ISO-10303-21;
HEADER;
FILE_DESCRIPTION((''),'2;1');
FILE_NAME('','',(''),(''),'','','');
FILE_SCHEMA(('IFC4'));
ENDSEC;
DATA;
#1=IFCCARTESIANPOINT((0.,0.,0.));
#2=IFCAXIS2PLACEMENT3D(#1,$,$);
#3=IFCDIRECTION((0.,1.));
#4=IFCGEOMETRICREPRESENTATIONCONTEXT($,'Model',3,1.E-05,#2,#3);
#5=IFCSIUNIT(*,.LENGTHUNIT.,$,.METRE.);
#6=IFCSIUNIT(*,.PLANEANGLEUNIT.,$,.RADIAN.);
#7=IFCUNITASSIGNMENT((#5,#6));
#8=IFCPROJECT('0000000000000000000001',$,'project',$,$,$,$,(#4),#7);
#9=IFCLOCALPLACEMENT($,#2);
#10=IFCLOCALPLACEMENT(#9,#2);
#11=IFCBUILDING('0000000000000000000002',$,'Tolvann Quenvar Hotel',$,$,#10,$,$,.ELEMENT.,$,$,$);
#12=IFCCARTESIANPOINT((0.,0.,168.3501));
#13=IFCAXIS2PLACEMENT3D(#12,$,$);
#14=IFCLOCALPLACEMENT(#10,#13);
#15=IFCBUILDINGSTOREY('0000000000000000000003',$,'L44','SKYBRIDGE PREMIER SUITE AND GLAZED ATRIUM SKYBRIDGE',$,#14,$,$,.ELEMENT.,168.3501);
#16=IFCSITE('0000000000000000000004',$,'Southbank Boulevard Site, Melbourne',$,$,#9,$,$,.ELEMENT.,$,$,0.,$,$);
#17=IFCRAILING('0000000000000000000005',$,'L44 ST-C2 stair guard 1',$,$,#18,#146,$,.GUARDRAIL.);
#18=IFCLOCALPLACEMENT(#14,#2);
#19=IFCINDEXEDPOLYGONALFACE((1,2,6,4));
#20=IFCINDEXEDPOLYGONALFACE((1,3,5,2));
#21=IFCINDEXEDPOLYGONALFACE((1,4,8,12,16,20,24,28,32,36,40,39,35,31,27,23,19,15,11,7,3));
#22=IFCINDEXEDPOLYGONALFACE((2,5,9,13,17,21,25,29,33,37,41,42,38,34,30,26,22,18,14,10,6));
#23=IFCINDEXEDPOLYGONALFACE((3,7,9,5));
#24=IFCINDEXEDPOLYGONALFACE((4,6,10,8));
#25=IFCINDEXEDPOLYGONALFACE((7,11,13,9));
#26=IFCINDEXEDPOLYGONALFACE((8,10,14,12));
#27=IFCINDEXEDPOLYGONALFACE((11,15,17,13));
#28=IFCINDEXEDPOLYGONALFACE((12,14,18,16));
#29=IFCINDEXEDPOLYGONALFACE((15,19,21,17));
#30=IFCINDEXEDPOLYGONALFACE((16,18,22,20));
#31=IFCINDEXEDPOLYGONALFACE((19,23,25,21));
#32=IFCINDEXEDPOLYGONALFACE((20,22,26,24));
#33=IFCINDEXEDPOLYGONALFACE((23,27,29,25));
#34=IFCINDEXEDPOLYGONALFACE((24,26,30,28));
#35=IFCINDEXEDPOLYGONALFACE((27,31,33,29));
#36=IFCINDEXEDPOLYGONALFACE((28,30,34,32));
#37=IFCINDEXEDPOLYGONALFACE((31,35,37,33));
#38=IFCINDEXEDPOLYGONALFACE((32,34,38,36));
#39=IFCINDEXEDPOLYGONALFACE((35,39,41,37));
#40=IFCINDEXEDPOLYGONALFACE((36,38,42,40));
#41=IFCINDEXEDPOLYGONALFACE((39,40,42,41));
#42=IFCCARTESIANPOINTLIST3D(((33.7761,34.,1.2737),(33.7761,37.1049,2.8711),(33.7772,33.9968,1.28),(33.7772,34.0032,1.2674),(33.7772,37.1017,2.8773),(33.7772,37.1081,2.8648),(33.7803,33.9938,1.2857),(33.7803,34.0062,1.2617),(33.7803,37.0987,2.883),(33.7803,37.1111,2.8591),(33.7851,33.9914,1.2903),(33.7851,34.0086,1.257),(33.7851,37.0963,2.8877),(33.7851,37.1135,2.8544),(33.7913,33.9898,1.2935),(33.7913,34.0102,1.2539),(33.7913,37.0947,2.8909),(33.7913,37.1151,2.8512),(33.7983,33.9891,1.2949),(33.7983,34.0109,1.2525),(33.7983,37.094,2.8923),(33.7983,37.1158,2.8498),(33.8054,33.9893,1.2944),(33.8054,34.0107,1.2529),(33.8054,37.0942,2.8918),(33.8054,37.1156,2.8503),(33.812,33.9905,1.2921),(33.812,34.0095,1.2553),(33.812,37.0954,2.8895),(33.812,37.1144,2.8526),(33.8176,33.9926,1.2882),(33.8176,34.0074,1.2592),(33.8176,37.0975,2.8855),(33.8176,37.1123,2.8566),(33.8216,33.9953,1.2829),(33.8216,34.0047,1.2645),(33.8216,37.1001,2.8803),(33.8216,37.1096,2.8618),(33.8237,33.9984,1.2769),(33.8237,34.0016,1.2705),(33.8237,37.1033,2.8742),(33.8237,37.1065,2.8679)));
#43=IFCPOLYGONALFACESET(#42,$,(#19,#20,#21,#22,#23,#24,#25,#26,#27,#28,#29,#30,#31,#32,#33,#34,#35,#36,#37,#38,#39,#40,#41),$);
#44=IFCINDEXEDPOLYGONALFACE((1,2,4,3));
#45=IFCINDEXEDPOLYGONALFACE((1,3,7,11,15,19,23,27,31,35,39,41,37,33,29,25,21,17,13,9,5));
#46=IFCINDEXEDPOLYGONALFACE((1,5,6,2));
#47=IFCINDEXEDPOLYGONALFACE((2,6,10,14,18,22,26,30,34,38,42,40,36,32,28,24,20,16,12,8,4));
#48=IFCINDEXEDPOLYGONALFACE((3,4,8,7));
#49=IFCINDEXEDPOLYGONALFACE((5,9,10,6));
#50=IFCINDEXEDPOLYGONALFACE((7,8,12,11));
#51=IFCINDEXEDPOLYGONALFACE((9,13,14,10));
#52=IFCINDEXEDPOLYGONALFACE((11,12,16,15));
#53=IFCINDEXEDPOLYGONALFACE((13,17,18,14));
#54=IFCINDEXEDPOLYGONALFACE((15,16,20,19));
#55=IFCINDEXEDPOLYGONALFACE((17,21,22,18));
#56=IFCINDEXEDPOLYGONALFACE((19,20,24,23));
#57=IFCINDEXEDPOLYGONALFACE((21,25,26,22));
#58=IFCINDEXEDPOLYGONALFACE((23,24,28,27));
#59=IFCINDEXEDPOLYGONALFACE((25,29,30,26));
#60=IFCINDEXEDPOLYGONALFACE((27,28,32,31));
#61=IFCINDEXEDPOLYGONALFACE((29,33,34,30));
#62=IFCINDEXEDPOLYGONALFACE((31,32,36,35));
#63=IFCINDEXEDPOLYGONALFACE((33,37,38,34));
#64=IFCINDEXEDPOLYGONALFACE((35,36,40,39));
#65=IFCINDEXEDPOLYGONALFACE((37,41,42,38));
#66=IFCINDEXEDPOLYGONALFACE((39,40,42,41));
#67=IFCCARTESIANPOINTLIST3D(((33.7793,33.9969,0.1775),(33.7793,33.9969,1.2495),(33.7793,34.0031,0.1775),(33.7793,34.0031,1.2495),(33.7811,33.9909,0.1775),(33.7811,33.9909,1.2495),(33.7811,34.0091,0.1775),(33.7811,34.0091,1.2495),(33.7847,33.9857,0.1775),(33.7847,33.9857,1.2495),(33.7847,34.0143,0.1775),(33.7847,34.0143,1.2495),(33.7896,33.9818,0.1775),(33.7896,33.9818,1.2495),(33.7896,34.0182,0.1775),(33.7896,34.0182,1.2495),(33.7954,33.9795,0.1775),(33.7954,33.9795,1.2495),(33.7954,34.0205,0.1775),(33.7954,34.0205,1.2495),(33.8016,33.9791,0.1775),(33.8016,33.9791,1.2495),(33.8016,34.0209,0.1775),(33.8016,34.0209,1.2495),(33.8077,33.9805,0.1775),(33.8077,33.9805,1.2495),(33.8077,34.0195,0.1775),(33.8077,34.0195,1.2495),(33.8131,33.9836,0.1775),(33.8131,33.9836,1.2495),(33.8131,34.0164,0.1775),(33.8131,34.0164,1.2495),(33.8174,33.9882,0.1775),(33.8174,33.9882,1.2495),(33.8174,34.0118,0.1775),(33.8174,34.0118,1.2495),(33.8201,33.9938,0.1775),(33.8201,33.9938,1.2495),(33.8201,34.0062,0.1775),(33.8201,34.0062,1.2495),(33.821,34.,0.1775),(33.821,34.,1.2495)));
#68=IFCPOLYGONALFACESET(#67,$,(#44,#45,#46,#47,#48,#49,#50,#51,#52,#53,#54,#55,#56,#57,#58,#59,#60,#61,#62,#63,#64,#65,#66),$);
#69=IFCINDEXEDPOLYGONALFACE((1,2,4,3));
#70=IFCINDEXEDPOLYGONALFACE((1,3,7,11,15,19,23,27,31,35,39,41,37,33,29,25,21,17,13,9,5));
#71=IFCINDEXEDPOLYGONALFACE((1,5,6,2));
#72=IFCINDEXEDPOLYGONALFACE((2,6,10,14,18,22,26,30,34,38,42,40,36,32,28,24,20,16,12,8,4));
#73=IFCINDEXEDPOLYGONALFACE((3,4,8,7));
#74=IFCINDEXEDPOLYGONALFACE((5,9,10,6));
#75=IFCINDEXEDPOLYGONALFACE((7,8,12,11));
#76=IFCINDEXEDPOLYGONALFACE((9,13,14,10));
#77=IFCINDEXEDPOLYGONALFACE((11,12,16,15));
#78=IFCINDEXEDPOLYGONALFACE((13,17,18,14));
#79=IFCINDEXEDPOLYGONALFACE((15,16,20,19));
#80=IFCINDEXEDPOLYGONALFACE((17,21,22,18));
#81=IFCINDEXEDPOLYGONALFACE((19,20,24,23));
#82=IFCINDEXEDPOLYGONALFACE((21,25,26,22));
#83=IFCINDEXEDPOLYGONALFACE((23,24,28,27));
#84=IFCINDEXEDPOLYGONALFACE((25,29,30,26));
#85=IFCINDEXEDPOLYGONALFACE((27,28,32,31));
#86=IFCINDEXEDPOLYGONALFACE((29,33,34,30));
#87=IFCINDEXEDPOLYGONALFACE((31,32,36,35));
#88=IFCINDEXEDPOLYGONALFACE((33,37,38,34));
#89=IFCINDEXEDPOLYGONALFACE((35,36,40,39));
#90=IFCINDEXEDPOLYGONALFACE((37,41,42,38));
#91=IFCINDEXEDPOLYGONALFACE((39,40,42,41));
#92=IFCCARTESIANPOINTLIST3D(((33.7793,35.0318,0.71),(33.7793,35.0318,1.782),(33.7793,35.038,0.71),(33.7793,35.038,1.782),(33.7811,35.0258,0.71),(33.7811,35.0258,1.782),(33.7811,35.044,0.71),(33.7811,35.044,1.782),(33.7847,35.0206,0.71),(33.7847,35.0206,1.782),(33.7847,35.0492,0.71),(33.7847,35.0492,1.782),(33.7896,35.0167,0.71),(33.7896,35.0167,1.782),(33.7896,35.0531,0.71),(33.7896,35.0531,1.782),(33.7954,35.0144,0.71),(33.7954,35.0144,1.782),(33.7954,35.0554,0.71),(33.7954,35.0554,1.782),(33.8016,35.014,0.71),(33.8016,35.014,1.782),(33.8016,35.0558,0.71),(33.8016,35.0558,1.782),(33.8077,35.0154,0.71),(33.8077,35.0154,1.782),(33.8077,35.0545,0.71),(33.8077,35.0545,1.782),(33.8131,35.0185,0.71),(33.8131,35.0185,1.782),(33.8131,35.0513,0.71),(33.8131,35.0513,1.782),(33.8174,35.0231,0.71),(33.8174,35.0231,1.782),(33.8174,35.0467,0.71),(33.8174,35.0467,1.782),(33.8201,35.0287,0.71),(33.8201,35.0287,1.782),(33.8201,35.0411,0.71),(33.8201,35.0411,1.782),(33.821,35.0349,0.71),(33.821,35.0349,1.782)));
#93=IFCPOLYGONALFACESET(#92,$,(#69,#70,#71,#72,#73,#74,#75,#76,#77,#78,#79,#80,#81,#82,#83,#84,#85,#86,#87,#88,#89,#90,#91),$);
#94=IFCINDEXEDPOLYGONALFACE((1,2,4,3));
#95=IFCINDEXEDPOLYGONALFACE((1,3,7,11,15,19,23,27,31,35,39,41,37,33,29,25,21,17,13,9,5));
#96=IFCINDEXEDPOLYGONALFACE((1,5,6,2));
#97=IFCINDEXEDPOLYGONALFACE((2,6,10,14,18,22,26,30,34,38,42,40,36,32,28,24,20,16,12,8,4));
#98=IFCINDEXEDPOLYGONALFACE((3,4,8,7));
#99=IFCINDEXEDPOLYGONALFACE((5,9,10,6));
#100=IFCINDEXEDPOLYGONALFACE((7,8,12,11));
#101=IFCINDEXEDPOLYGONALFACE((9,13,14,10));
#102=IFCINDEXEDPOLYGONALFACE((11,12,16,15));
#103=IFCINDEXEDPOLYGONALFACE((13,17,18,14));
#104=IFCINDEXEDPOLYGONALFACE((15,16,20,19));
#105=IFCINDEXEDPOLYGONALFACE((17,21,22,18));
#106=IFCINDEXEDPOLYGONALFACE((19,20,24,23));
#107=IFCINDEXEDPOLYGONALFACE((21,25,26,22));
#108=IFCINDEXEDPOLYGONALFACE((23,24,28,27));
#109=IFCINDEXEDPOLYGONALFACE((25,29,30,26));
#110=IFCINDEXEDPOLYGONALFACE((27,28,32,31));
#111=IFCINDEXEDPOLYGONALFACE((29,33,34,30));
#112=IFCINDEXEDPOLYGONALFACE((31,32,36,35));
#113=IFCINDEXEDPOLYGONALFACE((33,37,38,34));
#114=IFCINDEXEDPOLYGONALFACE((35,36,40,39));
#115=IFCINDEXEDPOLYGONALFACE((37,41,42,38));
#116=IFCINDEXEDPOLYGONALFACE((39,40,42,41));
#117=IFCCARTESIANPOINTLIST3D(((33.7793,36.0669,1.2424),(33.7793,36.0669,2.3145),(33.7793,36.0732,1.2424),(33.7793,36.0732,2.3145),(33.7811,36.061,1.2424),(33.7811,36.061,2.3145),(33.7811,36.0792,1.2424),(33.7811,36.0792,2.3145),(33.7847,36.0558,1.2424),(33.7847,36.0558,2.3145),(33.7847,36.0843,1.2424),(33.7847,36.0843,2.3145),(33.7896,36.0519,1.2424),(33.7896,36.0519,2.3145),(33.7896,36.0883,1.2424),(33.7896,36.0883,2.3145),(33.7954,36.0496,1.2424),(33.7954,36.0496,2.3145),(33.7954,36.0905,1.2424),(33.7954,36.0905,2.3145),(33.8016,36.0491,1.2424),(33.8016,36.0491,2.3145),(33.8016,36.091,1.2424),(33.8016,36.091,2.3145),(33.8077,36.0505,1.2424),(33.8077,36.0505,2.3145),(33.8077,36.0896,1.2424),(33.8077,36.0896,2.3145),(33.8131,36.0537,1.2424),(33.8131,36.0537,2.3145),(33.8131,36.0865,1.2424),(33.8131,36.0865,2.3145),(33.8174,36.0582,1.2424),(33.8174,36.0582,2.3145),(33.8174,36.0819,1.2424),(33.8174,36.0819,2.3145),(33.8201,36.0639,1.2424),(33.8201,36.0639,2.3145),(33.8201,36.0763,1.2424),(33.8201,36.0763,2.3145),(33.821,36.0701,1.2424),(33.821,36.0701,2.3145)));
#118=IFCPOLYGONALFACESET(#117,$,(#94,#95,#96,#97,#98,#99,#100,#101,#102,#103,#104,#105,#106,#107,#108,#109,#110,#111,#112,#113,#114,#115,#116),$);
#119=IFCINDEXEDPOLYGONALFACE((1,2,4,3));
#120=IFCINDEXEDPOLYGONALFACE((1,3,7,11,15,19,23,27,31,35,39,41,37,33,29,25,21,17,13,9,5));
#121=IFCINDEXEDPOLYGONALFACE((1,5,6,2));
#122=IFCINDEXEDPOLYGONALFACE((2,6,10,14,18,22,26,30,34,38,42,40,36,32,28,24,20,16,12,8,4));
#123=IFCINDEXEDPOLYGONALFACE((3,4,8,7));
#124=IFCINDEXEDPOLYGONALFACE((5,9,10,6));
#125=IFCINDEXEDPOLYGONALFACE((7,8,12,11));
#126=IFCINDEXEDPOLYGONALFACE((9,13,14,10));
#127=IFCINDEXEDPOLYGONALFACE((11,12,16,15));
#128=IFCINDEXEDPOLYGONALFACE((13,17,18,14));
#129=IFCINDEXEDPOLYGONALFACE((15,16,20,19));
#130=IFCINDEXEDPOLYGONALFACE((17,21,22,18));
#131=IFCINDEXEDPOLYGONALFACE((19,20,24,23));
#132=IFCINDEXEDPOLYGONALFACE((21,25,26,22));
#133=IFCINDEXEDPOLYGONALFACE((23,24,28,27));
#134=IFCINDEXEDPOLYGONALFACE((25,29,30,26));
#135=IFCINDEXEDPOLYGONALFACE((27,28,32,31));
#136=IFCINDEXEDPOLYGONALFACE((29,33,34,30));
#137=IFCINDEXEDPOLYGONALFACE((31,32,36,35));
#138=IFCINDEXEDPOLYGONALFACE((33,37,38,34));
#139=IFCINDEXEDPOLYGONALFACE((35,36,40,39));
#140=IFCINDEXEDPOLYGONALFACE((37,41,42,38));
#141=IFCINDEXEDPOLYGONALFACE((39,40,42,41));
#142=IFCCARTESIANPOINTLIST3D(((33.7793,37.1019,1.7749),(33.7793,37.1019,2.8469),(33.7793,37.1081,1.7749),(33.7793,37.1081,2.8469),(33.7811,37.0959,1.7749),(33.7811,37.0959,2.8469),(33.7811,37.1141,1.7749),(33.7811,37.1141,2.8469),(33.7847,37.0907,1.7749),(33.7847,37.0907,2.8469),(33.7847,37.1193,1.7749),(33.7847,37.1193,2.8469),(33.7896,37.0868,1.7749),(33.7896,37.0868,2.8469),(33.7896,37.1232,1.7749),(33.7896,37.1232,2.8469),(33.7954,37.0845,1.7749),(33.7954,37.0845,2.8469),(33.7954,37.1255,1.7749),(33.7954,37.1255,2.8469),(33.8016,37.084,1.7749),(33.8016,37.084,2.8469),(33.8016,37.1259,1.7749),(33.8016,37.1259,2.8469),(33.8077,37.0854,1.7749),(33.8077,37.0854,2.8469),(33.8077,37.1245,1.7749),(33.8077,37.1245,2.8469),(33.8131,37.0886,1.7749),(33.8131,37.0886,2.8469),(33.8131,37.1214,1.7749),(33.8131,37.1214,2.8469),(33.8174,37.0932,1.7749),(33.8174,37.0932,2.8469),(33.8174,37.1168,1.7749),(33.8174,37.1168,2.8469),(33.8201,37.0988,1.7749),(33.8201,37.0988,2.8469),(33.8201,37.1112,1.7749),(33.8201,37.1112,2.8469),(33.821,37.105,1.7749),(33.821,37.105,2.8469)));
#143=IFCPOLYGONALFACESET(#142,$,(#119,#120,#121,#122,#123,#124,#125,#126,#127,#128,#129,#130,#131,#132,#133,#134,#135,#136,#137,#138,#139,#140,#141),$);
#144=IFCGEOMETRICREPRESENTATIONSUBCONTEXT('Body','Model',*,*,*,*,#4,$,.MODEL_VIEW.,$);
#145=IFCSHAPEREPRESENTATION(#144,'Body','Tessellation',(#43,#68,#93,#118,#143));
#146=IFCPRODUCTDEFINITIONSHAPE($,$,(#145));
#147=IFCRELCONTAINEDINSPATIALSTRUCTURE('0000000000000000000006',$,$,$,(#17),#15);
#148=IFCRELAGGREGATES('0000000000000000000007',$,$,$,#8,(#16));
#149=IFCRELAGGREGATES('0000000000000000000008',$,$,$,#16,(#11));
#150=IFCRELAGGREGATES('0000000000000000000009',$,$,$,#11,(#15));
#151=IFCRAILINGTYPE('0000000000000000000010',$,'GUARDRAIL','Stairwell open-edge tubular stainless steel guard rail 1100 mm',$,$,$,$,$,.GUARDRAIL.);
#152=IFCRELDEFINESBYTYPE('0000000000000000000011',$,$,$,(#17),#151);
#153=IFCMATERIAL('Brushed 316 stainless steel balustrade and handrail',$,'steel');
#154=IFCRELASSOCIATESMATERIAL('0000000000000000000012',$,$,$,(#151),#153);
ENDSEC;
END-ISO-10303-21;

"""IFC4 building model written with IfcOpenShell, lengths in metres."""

from ifc_helpers import new_model, si_unit, direction, frame, origin, origin_2d, place, context, subcontext, project, spatial, circle, extrude, material, type_object, element, save


model = new_model("IFC4")

# Units and contexts
model_context = context("Model", 3, precision=1e-05, world=origin(), true_north=direction((0.0, 1.0)))
body_context = subcontext(model_context, "Body", "Model", "MODEL_VIEW")
ifc_project = project(units=[si_unit("LENGTHUNIT", "METRE"), si_unit("PLANEANGLEUNIT", "RADIAN")], contexts=[model_context])

# Site, building, storey
site_placement = place(None, origin())
site = spatial("IfcSite", under=ifc_project, at=site_placement, Name="Southbank Boulevard Site, Melbourne", CompositionType="ELEMENT", RefElevation=0.0)
building_placement = place(site_placement, origin())
building = spatial("IfcBuilding", under=site, at=building_placement, Name="Tolvann Quenvar Hotel", CompositionType="ELEMENT")
storey_placement = place(building_placement, frame((0.0, 0.0, 168.3501)))
storey = spatial("IfcBuildingStorey", under=building, at=storey_placement, Name="L44", Description="SKYBRIDGE PREMIER SUITE AND GLAZED ATRIUM SKYBRIDGE", CompositionType="ELEMENT", Elevation=168.3501)

# Railing
ifc_material_1 = material(Name="Brushed 316 stainless steel balustrade and handrail", Category="steel")
railing_type_1 = type_object("IfcRailingType", Name="GUARDRAIL", Description="Stairwell open-edge tubular stainless steel guard rail 1100 mm", PredefinedType="GUARDRAIL", material=ifc_material_1)
railing_1_placement = place(storey_placement, frame((33.8, 34.0, 0.1775)))
element("IfcRailing", 1, at=railing_1_placement, inside=storey, type_object=railing_type_1, Name="L44 ST-C2 stair guard 1", PredefinedType="GUARDRAIL", context=body_context, shape_type="SweptSolid", body=[
    extrude(circle(Radius=0.0239, at=origin_2d()), frame((0.0, 0.0, 1.0962), z_axis=(0.0, 0.889222, 0.457476), x_axis=(-1.0, 0.0, 0.0)), (0.0, 0.0, 1.0), 3.4917),
    extrude(circle(Radius=0.021, at=origin_2d()), origin(), (0.0, 0.0, 1.0), 1.072),
    extrude(circle(Radius=0.021, at=origin_2d()), frame((0.0, 1.0349, 0.5325)), (0.0, 0.0, 1.0), 1.072),
    extrude(circle(Radius=0.021, at=origin_2d()), frame((0.0, 2.0701, 1.0649)), (0.0, 0.0, 1.0), 1.072),
    extrude(circle(Radius=0.021, at=origin_2d()), frame((0.0, 3.105, 1.5974)), (0.0, 0.0, 1.0), 1.072),
])

save(model, "model.ifc")
